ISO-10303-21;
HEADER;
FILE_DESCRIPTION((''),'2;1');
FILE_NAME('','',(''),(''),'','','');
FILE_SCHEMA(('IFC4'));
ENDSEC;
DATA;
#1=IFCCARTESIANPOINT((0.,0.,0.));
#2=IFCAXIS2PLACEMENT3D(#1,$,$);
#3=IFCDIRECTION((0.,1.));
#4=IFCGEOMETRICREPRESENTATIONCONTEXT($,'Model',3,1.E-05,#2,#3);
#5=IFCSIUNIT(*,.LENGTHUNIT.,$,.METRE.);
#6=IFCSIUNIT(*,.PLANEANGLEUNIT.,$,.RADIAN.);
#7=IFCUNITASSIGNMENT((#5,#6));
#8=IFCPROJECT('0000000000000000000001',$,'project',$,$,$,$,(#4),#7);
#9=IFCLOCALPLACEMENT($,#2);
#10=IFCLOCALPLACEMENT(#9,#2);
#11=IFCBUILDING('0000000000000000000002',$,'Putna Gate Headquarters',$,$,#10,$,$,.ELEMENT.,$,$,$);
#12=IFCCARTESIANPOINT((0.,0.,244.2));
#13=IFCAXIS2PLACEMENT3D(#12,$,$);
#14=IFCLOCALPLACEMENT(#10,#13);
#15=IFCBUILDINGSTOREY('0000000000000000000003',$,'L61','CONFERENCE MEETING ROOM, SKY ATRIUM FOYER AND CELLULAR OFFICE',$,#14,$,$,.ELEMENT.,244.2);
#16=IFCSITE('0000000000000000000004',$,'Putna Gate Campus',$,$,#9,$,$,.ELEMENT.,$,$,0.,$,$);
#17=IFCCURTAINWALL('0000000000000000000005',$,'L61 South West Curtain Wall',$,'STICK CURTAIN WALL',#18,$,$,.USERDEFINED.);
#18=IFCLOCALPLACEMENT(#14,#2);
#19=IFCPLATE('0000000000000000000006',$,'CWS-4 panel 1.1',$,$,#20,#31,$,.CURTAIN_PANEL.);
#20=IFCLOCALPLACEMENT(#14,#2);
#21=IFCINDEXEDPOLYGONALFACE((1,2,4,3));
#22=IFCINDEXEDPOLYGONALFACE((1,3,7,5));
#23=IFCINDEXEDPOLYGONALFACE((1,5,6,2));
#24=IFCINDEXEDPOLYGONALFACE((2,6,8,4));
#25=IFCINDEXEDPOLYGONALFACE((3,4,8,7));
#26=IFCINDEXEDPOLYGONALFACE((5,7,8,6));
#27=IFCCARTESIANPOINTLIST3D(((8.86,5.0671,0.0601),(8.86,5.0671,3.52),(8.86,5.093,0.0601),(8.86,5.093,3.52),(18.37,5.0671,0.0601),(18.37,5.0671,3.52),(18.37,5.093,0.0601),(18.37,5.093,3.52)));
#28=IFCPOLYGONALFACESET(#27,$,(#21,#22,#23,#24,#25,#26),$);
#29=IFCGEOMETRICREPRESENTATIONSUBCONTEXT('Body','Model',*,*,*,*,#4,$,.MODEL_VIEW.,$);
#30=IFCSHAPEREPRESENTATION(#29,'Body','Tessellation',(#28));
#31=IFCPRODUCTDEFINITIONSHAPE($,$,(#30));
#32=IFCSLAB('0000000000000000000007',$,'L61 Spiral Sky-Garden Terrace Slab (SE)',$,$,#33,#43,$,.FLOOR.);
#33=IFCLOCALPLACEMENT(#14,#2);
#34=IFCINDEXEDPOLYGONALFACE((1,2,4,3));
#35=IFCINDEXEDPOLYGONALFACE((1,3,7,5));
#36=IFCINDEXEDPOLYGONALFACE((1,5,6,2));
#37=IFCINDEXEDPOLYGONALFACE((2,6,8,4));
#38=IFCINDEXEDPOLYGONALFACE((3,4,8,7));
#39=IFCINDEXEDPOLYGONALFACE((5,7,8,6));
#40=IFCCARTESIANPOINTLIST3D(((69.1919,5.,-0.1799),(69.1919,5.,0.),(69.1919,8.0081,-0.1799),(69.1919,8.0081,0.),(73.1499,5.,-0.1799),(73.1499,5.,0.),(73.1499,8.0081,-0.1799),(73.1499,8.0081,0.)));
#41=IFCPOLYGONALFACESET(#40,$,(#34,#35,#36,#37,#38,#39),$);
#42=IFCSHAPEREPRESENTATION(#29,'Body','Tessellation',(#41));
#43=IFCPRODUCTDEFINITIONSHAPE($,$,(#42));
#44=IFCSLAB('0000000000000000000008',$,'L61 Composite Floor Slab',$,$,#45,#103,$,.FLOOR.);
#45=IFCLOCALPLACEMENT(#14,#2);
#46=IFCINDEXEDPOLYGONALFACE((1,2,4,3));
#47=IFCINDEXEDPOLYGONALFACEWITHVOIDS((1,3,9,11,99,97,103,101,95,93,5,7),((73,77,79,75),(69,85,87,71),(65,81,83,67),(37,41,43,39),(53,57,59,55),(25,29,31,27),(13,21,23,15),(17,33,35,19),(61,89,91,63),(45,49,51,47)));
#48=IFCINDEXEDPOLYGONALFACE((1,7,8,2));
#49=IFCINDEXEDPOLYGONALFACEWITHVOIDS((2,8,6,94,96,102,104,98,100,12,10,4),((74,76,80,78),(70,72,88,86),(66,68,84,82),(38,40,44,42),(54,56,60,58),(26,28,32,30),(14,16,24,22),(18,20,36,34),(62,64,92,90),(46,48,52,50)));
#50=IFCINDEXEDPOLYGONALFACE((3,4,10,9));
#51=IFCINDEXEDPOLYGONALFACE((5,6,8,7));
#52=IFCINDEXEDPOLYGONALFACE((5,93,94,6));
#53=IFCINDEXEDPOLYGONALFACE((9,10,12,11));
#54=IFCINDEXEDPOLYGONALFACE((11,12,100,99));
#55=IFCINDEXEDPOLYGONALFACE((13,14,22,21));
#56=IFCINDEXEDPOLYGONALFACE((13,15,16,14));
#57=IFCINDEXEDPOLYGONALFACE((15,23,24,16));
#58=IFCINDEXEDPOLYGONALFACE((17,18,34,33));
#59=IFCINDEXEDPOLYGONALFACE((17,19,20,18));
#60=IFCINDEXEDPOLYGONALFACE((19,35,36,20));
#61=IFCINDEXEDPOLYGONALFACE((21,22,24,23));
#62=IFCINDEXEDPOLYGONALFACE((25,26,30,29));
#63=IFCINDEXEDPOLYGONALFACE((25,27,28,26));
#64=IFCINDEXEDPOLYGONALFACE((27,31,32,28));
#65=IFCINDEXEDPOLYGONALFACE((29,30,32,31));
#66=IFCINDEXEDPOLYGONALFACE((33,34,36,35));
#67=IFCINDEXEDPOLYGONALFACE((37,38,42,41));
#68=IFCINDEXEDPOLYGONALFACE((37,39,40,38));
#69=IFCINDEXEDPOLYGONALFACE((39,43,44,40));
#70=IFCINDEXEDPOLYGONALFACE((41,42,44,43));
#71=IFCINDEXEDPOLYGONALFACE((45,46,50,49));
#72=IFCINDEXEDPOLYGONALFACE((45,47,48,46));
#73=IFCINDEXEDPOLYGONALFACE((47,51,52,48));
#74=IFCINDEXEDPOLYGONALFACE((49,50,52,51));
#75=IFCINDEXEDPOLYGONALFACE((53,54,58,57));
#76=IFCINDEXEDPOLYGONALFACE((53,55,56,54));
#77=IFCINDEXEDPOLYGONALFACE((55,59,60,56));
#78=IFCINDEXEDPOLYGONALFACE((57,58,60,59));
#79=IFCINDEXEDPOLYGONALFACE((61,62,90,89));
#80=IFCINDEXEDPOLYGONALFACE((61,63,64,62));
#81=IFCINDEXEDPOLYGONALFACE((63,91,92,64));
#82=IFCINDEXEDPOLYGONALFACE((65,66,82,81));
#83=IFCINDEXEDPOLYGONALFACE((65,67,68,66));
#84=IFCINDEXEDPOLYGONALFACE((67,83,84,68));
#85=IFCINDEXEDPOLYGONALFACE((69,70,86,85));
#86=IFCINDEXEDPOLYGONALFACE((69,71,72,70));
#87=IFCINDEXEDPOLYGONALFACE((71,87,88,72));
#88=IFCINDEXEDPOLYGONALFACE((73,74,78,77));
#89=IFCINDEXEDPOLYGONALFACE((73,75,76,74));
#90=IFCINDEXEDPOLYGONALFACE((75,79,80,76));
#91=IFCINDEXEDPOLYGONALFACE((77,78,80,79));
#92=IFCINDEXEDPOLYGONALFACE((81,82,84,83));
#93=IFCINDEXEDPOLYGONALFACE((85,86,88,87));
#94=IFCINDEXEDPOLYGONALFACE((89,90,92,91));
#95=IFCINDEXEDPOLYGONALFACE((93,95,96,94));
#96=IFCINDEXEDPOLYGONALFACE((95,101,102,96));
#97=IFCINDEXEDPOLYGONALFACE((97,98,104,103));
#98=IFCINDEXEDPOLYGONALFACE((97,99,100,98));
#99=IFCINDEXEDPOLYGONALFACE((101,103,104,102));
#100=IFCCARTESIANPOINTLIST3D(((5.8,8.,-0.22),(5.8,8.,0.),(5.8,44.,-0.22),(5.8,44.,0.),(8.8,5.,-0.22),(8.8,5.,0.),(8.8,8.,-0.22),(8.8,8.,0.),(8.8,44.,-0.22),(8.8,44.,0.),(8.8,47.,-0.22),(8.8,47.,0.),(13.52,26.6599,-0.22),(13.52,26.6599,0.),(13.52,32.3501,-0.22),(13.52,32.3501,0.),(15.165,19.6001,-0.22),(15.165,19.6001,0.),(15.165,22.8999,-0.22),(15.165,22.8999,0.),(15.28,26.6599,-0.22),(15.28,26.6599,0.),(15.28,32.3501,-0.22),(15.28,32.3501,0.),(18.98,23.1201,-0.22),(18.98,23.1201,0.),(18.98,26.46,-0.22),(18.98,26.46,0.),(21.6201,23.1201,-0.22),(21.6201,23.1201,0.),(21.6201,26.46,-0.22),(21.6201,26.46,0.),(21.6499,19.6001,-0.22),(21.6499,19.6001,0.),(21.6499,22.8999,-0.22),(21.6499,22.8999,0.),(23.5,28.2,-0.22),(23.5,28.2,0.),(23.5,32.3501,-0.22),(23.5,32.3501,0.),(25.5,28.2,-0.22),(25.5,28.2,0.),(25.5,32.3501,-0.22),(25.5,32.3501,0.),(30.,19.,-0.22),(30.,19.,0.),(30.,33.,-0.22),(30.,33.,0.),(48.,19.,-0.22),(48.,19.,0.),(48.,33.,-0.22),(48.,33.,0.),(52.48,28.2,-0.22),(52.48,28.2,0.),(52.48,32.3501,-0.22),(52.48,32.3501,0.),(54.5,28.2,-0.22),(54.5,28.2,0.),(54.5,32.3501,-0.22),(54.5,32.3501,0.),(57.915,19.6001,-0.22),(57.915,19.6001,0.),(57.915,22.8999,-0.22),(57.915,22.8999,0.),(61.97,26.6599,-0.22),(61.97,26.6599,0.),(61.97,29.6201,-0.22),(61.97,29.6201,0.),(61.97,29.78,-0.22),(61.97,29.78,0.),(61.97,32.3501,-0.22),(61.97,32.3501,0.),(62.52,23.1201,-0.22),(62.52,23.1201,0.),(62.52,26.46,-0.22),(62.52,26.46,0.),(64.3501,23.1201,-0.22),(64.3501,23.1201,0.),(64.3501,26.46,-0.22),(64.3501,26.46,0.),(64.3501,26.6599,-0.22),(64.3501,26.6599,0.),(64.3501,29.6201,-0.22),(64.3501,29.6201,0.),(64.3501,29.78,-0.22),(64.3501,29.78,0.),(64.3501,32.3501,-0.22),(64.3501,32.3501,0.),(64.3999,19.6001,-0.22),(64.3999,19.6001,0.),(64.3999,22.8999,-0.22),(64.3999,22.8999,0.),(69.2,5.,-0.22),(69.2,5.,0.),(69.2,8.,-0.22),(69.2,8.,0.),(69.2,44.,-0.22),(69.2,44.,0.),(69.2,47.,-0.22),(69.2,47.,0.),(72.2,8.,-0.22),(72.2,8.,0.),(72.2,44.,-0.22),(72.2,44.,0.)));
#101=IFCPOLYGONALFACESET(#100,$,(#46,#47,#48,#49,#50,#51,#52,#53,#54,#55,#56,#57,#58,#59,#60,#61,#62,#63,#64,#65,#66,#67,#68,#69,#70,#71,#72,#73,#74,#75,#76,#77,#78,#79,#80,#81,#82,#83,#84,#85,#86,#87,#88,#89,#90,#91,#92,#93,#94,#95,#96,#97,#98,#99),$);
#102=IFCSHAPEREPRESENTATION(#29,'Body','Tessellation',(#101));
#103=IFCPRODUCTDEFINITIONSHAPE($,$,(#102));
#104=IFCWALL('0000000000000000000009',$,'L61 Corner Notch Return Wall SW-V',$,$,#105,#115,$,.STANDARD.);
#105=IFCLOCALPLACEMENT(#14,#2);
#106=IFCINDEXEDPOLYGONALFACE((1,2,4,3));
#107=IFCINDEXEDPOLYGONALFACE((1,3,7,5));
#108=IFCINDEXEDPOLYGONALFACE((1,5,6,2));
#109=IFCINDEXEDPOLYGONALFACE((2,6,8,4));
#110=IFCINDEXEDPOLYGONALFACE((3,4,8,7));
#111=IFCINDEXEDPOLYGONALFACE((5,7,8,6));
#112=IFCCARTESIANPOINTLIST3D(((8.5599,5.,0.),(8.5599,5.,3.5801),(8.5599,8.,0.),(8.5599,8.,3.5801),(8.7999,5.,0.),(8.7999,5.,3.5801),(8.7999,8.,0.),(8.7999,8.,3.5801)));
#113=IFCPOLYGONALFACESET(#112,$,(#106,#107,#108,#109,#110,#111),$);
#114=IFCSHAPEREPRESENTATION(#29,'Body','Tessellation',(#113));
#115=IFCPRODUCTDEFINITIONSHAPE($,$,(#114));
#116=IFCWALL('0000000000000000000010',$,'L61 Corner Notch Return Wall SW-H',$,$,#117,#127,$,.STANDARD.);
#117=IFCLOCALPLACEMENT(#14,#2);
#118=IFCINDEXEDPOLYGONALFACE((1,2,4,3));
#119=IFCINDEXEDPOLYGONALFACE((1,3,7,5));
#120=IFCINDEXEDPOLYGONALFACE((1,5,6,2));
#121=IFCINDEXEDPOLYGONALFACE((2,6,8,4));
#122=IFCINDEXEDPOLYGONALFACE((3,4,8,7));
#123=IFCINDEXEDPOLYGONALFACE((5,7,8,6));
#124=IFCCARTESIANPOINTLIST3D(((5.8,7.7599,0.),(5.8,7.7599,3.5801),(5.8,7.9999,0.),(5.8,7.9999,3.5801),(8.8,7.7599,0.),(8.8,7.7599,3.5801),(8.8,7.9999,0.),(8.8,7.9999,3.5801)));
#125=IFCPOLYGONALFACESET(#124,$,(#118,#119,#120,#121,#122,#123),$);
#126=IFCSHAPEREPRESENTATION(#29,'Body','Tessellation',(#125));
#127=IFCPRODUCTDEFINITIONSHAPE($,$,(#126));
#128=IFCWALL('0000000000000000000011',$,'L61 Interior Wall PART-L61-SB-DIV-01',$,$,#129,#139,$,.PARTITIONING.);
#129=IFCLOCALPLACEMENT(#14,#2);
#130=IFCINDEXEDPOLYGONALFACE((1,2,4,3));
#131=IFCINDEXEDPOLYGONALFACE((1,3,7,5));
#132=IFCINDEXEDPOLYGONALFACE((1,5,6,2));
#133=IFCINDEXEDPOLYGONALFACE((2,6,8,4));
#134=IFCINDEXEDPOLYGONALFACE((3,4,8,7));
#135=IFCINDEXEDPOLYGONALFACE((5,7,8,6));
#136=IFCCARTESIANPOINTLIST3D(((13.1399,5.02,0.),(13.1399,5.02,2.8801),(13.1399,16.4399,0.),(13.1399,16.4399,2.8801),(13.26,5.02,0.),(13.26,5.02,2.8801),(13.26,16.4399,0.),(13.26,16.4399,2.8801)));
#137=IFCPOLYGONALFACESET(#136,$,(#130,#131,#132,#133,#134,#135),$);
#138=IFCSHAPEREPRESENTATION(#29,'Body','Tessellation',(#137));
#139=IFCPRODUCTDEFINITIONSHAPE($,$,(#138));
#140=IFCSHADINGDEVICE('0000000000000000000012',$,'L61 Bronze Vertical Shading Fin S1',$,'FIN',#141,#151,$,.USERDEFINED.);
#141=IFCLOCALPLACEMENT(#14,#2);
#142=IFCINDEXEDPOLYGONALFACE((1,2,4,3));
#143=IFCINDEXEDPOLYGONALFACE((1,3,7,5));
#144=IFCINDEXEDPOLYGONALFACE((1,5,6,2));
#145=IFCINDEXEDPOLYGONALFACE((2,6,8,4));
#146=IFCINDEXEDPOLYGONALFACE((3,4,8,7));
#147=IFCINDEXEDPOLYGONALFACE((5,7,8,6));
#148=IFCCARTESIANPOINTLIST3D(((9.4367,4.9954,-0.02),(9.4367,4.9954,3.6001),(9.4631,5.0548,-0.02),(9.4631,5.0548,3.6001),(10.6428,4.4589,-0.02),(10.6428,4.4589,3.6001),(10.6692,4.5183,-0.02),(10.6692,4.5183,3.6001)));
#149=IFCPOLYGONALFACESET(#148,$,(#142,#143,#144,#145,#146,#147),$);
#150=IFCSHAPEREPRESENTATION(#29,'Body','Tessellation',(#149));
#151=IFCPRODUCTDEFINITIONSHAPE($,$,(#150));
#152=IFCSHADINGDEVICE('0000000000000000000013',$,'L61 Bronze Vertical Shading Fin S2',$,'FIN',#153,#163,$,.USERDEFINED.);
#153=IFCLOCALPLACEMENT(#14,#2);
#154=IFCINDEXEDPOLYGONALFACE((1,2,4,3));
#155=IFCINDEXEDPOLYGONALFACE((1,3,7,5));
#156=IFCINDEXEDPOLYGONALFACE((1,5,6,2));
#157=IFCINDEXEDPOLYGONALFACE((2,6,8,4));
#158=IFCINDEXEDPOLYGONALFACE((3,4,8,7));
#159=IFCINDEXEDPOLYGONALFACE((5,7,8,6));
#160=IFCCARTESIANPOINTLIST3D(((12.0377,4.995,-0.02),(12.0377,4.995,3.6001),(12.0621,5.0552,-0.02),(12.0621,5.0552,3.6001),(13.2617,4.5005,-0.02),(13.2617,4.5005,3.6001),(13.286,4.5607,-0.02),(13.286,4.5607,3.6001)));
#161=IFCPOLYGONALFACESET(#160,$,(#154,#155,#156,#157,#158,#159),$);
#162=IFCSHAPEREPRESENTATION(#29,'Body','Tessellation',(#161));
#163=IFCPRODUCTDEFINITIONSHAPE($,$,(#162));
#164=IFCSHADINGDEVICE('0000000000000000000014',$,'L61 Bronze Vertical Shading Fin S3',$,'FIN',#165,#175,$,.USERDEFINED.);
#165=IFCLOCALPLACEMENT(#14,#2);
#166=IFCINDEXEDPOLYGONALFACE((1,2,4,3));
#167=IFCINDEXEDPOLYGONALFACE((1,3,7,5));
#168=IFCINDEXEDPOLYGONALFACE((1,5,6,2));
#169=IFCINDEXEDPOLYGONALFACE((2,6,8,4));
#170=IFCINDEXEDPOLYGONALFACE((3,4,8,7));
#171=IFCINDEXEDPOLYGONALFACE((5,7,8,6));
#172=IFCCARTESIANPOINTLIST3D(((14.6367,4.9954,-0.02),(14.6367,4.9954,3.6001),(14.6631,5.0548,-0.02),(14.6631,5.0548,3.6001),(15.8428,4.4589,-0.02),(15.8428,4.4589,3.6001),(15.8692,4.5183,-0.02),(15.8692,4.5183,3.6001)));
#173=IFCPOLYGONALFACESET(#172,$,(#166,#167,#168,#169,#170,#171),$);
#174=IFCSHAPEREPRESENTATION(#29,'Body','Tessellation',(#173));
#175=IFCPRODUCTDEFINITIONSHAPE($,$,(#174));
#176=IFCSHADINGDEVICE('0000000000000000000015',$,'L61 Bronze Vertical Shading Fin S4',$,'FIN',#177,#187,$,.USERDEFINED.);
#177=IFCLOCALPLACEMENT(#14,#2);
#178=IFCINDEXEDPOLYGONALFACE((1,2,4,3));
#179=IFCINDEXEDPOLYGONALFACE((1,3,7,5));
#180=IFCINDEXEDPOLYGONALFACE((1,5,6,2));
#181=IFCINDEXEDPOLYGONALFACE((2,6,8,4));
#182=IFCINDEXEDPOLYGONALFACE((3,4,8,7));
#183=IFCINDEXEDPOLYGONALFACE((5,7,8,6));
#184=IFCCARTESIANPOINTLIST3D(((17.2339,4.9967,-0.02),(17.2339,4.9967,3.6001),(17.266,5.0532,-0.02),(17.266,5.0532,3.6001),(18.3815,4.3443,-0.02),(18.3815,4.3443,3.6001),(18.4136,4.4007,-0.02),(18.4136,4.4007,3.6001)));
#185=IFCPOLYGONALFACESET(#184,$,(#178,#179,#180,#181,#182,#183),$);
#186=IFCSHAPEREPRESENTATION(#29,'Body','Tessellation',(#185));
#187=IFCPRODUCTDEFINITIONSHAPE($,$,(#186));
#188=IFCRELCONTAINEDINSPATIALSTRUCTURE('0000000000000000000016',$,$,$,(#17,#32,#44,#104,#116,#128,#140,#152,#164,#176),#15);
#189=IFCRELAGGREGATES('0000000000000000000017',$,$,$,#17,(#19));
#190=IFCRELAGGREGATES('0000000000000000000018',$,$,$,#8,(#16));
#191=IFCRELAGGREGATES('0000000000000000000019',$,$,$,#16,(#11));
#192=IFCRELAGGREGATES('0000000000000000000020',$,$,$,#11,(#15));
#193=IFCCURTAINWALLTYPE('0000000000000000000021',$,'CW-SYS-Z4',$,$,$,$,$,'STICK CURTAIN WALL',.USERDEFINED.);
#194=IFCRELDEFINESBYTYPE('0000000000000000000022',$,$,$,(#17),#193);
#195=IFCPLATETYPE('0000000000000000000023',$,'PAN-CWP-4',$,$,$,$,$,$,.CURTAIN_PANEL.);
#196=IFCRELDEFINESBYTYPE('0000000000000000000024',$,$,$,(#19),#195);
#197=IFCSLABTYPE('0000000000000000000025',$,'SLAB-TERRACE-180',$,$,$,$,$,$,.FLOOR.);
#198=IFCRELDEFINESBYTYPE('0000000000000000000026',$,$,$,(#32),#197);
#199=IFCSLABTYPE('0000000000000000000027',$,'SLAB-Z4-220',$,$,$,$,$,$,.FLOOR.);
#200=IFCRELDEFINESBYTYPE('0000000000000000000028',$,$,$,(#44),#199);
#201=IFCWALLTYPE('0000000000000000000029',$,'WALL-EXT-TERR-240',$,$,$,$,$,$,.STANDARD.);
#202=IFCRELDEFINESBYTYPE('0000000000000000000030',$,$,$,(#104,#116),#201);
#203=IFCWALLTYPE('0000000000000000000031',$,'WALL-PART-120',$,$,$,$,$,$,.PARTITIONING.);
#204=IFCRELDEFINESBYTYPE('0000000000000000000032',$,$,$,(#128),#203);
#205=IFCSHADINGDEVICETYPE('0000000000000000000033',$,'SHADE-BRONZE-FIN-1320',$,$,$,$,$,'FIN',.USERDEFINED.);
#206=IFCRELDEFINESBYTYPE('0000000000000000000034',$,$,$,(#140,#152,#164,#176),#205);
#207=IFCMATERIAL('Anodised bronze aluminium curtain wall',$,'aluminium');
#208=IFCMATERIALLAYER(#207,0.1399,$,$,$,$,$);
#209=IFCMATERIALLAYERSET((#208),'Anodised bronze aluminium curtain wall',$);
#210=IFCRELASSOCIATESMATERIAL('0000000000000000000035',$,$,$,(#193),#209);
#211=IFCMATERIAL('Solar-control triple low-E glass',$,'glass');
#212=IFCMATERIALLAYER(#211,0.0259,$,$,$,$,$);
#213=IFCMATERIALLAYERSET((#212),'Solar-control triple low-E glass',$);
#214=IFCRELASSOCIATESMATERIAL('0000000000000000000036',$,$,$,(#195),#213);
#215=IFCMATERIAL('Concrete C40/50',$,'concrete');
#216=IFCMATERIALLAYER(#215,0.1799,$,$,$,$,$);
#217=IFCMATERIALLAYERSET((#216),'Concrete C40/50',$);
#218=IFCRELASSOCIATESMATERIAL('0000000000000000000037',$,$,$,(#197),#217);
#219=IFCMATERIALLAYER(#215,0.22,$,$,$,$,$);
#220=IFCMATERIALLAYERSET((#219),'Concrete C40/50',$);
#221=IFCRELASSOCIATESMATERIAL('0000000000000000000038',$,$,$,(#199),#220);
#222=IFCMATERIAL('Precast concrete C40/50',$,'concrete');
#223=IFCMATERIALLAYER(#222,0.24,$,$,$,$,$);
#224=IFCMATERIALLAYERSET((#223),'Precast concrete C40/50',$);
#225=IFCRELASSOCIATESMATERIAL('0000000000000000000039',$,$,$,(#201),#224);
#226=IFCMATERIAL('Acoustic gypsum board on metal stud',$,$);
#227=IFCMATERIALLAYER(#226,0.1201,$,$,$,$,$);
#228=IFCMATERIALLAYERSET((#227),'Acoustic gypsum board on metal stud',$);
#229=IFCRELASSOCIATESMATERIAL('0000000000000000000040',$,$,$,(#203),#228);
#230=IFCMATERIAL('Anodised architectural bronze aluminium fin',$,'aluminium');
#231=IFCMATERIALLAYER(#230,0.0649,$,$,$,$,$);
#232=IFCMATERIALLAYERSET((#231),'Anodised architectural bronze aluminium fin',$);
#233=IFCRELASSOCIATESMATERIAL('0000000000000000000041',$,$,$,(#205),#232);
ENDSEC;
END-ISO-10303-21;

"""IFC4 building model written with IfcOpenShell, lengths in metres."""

from ifc_helpers import new_model, si_unit, direction, frame, frame_2d, origin, origin_2d, place, context, subcontext, project, spatial, polyline, rectangle, outline, extrude, material, layer, layer_set, type_object, element, aggregate, save


model = new_model("IFC4")

# Units and contexts
model_context = context("Model", 3, precision=1e-05, world=origin(), true_north=direction((0.0, 1.0)))
body_context = subcontext(model_context, "Body", "Model", "MODEL_VIEW")
ifc_project = project(units=[si_unit("LENGTHUNIT", "METRE"), si_unit("PLANEANGLEUNIT", "RADIAN")], contexts=[model_context])

# Site, building, storey
site_placement = place(None, origin())
site = spatial("IfcSite", under=ifc_project, at=site_placement, Name="Putna Gate Campus", CompositionType="ELEMENT", RefElevation=0.0)
building_placement = place(site_placement, origin())
building = spatial("IfcBuilding", under=site, at=building_placement, Name="Putna Gate Headquarters", CompositionType="ELEMENT")
storey_placement = place(building_placement, frame((0.0, 0.0, 244.2)))
storey = spatial("IfcBuildingStorey", under=building, at=storey_placement, Name="L61", Description="CONFERENCE MEETING ROOM, SKY ATRIUM FOYER AND CELLULAR OFFICE", CompositionType="ELEMENT", Elevation=244.2)

# Curtain wall
ifc_material_1 = material(Name="Anodised bronze aluminium curtain wall", Category="aluminium")
ifc_layer_1 = layer(ifc_material_1, 0.1399)
ifc_layer_set_1 = layer_set([ifc_layer_1], Name="Anodised bronze aluminium curtain wall")
curtain_wall_type = type_object("IfcCurtainWallType", Name="CW-SYS-Z4", ElementType="STICK CURTAIN WALL", PredefinedType="USERDEFINED", material=ifc_layer_set_1)
curtain_wall_1_placement = place(storey_placement, origin())
curtain_wall_1 = element("IfcCurtainWall", 1, at=curtain_wall_1_placement, inside=storey, type_object=curtain_wall_type, Name="L61 South West Curtain Wall", ObjectType="STICK CURTAIN WALL", PredefinedType="USERDEFINED")

# Shared definitions
ifc_material_2 = material(Name="Concrete C40/50", Category="concrete")

# Plate
ifc_material_3 = material(Name="Solar-control triple low-E glass", Category="glass")
ifc_layer_2 = layer(ifc_material_3, 0.0259)
ifc_layer_set_2 = layer_set([ifc_layer_2], Name="Solar-control triple low-E glass")
plate_type = type_object("IfcPlateType", Name="PAN-CWP-4", PredefinedType="CURTAIN_PANEL", material=ifc_layer_set_2)
plate_placement = place(storey_placement, frame((13.615, 5.0801, 0.0601), z_axis=(0.0, 0.0, 1.0), x_axis=(1.0, 0.0, 0.0)))
plate = element("IfcPlate", 2, at=plate_placement, type_object=plate_type, Name="CWS-4 panel 1.1", PredefinedType="CURTAIN_PANEL", context=body_context, shape_type="SweptSolid", body=[
    extrude(rectangle(XDim=9.51, YDim=0.0259, at=origin_2d()), origin(), (0.0, 0.0, 1.0), 3.46),
])
aggregate(curtain_wall_1, [plate])

# Slabs
ifc_layer_3 = layer(ifc_material_2, 0.1799)
ifc_layer_set_3 = layer_set([ifc_layer_3], Name="Concrete C40/50")
slab_type_1 = type_object("IfcSlabType", Name="SLAB-TERRACE-180", PredefinedType="FLOOR", material=ifc_layer_set_3)
slab_1_placement = place(storey_placement, frame((0.0, 0.0, -0.1799)))
element("IfcSlab", 3, at=slab_1_placement, inside=storey, type_object=slab_type_1, Name="L61 Spiral Sky-Garden Terrace Slab (SE)", PredefinedType="FLOOR", context=body_context, shape_type="SweptSolid", body=[
    extrude(outline(polyline([(69.1919, 5.0), (73.1499, 5.0), (73.1499, 8.0081), (69.1919, 8.0081), (69.1919, 5.0)])), origin(), (0.0, 0.0, 1.0), 0.1799),
])
ifc_layer_4 = layer(ifc_material_2, 0.22)
ifc_layer_set_4 = layer_set([ifc_layer_4], Name="Concrete C40/50")
slab_type_2 = type_object("IfcSlabType", Name="SLAB-Z4-220", PredefinedType="FLOOR", material=ifc_layer_set_4)
slab_2_placement = place(storey_placement, frame((0.0, 0.0, -0.22)))
element("IfcSlab", 4, at=slab_2_placement, inside=storey, type_object=slab_type_2, Name="L61 Composite Floor Slab", PredefinedType="FLOOR", context=body_context, shape_type="SweptSolid", body=[
    extrude(outline(polyline([(8.8, 5.0), (69.2, 5.0), (69.2, 8.0), (72.2, 8.0), (72.2, 44.0), (69.2, 44.0), (69.2, 47.0), (8.8, 47.0), (8.8, 44.0), (5.8, 44.0), (5.8, 8.0), (8.8, 8.0), (8.8, 5.0)]), holes=[polyline([(15.165, 19.6001), (21.6499, 19.6001), (21.6499, 22.8999), (15.165, 22.8999), (15.165, 19.6001)]), polyline([(57.915, 19.6001), (64.3999, 19.6001), (64.3999, 22.8999), (57.915, 22.8999), (57.915, 19.6001)]), polyline([(13.52, 26.6599), (15.28, 26.6599), (15.28, 32.3501), (13.52, 32.3501), (13.52, 26.6599)]), polyline([(61.97, 29.78), (64.3501, 29.78), (64.3501, 32.3501), (61.97, 32.3501), (61.97, 29.78)]), polyline([(18.98, 23.1201), (21.6201, 23.1201), (21.6201, 26.46), (18.98, 26.46), (18.98, 23.1201)]), polyline([(62.52, 23.1201), (64.3501, 23.1201), (64.3501, 26.46), (62.52, 26.46), (62.52, 23.1201)]), polyline([(61.97, 26.6599), (64.3501, 26.6599), (64.3501, 29.6201), (61.97, 29.6201), (61.97, 26.6599)]), polyline([(23.5, 28.2), (25.5, 28.2), (25.5, 32.3501), (23.5, 32.3501), (23.5, 28.2)]), polyline([(52.48, 28.2), (54.5, 28.2), (54.5, 32.3501), (52.48, 32.3501), (52.48, 28.2)]), polyline([(30.0, 19.0), (48.0, 19.0), (48.0, 33.0), (30.0, 33.0), (30.0, 19.0)])]), origin(), (0.0, 0.0, 1.0), 0.22),
])

# Walls
ifc_material_4 = material(Name="Precast concrete C40/50", Category="concrete")
ifc_layer_5 = layer(ifc_material_4, 0.24)
ifc_layer_set_5 = layer_set([ifc_layer_5], Name="Precast concrete C40/50")
wall_type_1 = type_object("IfcWallType", Name="WALL-EXT-TERR-240", PredefinedType="STANDARD", material=ifc_layer_set_5)
for number, where, z_axis, x_axis, name in (
    (5, (8.6799, 5.0, 0.0), (0.0, 0.0, 1.0), (0.0, 1.0, 0.0), "L61 Corner Notch Return Wall SW-V"),
    (6, (8.8, 7.8799, 0.0), (0.0, 0.0, 1.0), (-1.0, 0.0, 0.0), "L61 Corner Notch Return Wall SW-H"),
):
    element("IfcWall", number, at=place(storey_placement, frame(where, z_axis=z_axis, x_axis=x_axis)), inside=storey, type_object=wall_type_1, Name=name, PredefinedType="STANDARD", context=body_context, shape_type="SweptSolid", body=[
        extrude(rectangle(XDim=3.0, YDim=0.24, at=frame_2d((1.5, 0.0))), origin(), (0.0, 0.0, 1.0), 3.5801),
    ])
ifc_material_5 = material(Name="Acoustic gypsum board on metal stud")
ifc_layer_6 = layer(ifc_material_5, 0.1201)
ifc_layer_set_6 = layer_set([ifc_layer_6], Name="Acoustic gypsum board on metal stud")
wall_type_2 = type_object("IfcWallType", Name="WALL-PART-120", PredefinedType="PARTITIONING", material=ifc_layer_set_6)
wall_placement = place(storey_placement, frame((13.2, 5.02, 0.0), z_axis=(0.0, 0.0, 1.0), x_axis=(0.0, 1.0, 0.0)))
element("IfcWall", 7, at=wall_placement, inside=storey, type_object=wall_type_2, Name="L61 Interior Wall PART-L61-SB-DIV-01", PredefinedType="PARTITIONING", context=body_context, shape_type="SweptSolid", body=[
    extrude(rectangle(XDim=11.4199, YDim=0.1201, at=frame_2d((5.71, 0.0))), origin(), (0.0, 0.0, 1.0), 2.8801),
])

# Shading devices
ifc_material_6 = material(Name="Anodised architectural bronze aluminium fin", Category="aluminium")
ifc_layer_7 = layer(ifc_material_6, 0.0649)
ifc_layer_set_7 = layer_set([ifc_layer_7], Name="Anodised architectural bronze aluminium fin")
shading_device_type = type_object("IfcShadingDeviceType", Name="SHADE-BRONZE-FIN-1320", ElementType="FIN", PredefinedType="USERDEFINED", material=ifc_layer_set_7)
for number, where, z_axis, x_axis, name in (
    (8, (10.053, 4.7568, -0.02), (0.0, 0.0, 1.0), (0.913687, -0.406418, 0.0), "L61 Bronze Vertical Shading Fin S1"),
    (9, (12.6619, 4.7778, -0.02), (0.0, 0.0, 1.0), (0.927184, -0.374607, 0.0), "L61 Bronze Vertical Shading Fin S2"),
    (10, (15.2529, 4.7568, -0.02), (0.0, 0.0, 1.0), (0.913687, -0.406418, 0.0), "L61 Bronze Vertical Shading Fin S3"),
    (11, (17.8237, 4.6987, -0.02), (0.0, 0.0, 1.0), (0.869322, -0.494245, 0.0), "L61 Bronze Vertical Shading Fin S4"),
):
    element("IfcShadingDevice", number, at=place(storey_placement, frame(where, z_axis=z_axis, x_axis=x_axis)), inside=storey, type_object=shading_device_type, Name=name, ObjectType="FIN", PredefinedType="USERDEFINED", context=body_context, shape_type="SweptSolid", body=[
        extrude(rectangle(XDim=1.3201, YDim=0.0649, at=origin_2d()), origin(), (0.0, 0.0, 1.0), 3.6201),
    ])

save(model, "model.ifc")
